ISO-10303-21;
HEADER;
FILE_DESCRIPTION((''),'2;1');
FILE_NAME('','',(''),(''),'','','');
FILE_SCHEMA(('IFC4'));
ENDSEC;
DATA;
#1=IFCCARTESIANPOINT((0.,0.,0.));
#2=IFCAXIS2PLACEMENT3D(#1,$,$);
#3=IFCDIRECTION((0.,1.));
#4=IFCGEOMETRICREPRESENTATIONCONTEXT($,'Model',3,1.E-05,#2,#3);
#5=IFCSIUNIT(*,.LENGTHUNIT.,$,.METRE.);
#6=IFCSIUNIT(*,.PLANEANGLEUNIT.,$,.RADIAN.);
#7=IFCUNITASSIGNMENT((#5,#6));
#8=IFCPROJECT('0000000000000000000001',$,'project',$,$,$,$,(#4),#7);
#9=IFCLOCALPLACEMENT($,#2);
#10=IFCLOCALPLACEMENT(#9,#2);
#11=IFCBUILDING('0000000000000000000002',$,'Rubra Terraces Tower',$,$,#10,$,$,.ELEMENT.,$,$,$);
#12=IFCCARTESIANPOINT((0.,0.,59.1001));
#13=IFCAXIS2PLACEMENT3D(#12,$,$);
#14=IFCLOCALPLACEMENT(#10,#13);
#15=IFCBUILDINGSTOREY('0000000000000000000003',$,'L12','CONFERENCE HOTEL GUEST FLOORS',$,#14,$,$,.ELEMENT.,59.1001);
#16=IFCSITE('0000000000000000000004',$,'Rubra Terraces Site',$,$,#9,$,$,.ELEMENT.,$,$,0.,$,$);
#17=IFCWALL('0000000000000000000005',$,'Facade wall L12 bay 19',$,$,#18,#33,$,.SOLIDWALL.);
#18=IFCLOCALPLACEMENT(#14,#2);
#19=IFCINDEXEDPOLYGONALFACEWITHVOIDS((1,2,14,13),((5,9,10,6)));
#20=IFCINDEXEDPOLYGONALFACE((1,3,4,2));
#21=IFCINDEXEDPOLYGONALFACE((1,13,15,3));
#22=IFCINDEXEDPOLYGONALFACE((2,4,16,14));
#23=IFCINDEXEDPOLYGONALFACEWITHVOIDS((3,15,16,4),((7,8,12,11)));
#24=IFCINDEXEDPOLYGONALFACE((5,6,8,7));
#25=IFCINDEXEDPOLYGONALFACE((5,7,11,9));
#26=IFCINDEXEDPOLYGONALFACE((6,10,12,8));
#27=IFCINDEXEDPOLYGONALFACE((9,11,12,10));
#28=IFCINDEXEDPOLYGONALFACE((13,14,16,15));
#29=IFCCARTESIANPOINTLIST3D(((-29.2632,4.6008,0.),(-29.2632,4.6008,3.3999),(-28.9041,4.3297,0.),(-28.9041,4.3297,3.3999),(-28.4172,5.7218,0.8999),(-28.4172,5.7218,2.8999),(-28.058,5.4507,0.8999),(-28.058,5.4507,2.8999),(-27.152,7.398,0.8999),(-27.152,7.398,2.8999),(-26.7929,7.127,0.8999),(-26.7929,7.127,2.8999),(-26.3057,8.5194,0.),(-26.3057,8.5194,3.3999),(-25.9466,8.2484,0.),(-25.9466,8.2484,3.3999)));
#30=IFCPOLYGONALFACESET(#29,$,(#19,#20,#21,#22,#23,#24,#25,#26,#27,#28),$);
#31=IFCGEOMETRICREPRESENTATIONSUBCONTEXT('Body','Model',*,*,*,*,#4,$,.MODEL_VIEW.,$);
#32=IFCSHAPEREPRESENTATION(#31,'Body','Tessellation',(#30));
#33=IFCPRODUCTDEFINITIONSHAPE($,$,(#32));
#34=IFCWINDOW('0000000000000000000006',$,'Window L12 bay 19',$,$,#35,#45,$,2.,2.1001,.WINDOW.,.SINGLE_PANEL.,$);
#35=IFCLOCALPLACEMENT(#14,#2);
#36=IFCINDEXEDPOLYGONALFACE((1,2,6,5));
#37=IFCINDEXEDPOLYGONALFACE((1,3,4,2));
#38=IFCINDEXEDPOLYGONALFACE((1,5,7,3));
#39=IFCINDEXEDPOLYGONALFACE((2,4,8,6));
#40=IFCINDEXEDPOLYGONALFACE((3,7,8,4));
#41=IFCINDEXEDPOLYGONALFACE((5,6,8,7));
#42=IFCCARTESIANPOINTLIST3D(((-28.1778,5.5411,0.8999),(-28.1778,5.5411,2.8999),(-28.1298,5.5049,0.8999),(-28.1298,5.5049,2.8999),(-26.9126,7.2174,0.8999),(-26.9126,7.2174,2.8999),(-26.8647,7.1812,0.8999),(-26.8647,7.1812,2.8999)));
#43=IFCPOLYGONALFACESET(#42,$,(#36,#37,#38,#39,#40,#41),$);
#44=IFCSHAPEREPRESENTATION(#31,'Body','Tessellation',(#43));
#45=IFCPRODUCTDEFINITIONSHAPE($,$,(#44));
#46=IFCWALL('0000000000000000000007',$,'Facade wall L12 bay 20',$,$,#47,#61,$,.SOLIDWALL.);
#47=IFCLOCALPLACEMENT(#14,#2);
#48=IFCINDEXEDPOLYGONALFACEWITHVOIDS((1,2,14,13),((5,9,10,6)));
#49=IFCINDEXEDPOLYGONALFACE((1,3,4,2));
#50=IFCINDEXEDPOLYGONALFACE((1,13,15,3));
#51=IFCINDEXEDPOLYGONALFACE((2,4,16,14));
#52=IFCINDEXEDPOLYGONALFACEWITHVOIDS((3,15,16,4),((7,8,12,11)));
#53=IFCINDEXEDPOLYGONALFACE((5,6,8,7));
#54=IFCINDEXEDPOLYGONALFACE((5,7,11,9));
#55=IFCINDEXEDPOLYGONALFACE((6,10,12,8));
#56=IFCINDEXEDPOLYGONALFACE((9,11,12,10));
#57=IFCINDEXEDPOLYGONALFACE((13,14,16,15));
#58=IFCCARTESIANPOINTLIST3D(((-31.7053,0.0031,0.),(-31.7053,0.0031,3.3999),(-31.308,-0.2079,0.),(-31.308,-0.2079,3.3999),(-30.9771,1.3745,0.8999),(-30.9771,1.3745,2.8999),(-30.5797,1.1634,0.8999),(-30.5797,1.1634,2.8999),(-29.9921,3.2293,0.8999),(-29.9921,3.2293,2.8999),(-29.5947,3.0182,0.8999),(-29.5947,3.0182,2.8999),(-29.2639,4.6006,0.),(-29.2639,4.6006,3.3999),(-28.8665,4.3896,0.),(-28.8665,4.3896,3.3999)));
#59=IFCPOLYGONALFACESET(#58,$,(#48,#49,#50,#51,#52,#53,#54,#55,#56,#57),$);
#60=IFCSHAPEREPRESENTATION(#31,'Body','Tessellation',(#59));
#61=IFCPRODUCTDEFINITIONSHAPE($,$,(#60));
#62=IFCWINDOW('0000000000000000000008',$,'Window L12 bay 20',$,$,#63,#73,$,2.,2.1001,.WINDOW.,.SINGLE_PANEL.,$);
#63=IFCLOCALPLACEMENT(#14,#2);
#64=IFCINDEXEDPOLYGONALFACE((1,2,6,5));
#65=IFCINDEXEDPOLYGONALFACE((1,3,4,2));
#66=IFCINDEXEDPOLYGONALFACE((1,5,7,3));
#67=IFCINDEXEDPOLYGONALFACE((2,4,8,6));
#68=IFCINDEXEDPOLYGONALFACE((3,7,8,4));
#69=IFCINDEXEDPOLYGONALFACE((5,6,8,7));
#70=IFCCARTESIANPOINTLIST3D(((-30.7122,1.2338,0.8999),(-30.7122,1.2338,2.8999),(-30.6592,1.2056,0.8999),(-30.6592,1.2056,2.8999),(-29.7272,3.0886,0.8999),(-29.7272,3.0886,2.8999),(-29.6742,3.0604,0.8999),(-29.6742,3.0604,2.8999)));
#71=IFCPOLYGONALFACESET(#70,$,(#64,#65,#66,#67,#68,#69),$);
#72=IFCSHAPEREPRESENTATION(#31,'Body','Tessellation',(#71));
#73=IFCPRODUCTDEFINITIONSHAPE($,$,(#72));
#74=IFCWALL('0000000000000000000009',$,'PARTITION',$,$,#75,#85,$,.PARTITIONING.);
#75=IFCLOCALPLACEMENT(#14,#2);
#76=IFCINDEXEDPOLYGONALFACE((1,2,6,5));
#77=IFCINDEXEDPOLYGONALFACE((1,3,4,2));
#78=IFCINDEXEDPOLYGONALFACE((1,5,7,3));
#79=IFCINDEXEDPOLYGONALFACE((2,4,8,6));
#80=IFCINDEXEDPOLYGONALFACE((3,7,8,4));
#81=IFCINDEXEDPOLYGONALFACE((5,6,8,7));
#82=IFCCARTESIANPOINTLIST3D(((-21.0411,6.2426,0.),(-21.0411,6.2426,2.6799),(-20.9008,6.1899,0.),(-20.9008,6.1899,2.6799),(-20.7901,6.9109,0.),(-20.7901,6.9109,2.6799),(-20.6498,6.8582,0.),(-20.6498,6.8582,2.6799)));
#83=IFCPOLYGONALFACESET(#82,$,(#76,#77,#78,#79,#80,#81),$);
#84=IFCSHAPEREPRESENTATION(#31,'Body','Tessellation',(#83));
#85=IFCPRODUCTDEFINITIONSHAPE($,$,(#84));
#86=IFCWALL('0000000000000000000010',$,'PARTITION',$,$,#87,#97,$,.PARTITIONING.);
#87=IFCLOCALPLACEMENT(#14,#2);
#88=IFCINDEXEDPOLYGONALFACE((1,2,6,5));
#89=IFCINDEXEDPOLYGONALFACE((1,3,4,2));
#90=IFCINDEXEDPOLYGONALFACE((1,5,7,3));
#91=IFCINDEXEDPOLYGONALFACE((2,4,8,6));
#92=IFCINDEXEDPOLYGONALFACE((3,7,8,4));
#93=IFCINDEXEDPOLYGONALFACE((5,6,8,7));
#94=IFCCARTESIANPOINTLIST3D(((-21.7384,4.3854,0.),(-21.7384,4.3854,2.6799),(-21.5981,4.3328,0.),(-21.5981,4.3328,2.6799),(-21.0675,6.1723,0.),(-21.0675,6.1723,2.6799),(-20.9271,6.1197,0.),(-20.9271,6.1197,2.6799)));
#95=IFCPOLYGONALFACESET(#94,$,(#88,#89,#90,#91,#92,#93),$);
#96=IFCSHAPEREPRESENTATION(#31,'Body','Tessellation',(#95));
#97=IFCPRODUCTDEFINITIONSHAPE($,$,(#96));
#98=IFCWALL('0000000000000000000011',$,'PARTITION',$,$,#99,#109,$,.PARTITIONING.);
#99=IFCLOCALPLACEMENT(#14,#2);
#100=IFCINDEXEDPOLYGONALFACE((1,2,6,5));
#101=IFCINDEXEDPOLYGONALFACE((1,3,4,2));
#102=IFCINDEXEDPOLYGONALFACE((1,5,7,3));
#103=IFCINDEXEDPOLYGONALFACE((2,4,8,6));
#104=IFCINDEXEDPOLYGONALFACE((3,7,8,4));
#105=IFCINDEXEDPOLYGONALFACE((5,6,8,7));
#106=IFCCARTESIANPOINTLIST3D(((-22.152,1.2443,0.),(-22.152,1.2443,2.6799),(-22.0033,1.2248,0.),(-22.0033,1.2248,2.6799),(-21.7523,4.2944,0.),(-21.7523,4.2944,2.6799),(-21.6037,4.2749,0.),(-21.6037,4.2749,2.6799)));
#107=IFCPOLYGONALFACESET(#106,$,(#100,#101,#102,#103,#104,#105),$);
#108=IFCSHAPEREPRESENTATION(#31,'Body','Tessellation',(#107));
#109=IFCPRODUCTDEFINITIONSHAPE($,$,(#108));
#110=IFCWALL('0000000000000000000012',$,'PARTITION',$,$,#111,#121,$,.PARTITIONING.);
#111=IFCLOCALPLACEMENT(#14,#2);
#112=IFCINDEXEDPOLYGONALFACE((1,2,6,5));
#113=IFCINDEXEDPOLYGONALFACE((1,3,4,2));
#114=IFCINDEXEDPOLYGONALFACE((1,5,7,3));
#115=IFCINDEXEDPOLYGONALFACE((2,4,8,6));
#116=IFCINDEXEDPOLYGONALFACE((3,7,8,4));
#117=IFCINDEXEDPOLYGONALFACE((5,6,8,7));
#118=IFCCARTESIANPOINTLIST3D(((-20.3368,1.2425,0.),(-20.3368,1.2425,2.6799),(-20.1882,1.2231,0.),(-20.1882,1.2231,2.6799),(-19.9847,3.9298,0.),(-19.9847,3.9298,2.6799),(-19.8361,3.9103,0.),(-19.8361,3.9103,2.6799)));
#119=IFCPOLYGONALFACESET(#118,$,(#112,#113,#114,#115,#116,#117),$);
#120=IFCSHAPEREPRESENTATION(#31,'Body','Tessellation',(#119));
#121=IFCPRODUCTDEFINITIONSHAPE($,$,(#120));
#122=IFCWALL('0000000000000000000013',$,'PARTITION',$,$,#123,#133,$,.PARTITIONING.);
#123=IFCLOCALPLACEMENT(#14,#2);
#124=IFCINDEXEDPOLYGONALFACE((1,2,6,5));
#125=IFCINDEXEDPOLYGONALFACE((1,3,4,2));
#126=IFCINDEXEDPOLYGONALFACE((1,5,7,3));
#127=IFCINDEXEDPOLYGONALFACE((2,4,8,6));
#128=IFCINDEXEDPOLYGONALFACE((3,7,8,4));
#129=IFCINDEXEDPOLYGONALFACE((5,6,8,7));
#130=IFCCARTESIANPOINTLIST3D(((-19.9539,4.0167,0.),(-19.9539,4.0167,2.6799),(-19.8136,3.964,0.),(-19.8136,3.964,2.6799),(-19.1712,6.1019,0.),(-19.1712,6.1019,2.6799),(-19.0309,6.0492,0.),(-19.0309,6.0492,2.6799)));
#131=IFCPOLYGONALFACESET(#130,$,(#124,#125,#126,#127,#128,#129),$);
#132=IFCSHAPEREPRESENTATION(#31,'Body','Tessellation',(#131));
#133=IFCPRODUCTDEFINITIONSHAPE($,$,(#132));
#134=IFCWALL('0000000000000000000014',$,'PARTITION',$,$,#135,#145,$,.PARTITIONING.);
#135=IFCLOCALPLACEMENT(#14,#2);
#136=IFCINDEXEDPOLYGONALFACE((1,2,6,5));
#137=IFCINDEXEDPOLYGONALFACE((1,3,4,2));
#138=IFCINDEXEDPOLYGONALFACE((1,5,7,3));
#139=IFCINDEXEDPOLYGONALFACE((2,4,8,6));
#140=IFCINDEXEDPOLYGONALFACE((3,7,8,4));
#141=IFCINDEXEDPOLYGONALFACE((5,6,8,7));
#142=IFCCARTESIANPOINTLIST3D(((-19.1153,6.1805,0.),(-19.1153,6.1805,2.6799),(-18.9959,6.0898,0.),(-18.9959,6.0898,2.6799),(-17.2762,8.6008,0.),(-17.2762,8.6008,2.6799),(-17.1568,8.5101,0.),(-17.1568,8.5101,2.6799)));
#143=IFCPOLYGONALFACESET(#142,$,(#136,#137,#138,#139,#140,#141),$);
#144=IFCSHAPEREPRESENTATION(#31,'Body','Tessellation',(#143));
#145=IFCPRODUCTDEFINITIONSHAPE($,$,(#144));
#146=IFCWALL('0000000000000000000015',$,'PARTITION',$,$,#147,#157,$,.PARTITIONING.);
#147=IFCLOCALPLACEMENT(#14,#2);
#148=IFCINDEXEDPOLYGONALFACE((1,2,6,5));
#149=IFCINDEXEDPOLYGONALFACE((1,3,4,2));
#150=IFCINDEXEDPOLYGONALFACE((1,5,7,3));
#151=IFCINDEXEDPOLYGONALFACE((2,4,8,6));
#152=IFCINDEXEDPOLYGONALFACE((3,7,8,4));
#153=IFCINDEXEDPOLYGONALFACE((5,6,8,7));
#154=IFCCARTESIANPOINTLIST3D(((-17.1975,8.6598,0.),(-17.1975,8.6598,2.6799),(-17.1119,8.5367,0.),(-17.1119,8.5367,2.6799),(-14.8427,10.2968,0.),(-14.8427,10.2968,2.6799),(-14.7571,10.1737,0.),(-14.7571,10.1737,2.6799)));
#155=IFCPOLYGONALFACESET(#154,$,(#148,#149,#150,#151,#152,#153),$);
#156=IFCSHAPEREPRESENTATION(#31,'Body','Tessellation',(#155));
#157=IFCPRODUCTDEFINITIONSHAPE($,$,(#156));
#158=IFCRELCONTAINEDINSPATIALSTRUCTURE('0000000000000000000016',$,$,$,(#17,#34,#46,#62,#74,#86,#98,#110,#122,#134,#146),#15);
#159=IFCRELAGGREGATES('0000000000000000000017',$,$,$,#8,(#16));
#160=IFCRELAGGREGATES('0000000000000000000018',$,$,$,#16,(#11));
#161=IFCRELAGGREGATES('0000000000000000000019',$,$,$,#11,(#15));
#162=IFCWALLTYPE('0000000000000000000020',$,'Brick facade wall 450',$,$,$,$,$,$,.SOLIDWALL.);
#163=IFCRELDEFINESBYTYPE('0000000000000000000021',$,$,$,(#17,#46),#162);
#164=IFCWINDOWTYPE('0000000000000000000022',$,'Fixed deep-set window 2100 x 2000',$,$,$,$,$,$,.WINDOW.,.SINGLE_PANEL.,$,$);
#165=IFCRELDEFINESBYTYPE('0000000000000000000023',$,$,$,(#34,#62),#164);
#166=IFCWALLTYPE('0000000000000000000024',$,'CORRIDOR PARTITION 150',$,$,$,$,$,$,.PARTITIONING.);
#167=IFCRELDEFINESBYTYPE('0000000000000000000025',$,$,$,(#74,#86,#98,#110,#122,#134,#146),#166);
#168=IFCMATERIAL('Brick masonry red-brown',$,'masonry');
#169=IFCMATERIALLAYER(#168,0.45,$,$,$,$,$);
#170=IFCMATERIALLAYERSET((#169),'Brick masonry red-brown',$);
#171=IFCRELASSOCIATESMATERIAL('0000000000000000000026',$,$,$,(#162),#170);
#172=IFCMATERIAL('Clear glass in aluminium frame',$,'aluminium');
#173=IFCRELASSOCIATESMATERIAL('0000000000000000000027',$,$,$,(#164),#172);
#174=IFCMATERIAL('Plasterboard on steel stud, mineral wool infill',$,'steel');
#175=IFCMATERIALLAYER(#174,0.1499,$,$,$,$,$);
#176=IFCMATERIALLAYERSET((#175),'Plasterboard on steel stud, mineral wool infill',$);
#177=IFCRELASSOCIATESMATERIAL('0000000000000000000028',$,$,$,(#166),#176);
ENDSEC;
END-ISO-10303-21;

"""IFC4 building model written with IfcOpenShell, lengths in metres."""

from ifc_helpers import new_model, si_unit, direction, frame, frame_2d, origin, place, context, subcontext, project, spatial, rectangle, extrude, material, layer, layer_set, type_object, element, fill, save


model = new_model("IFC4")

# Units and contexts
model_context = context("Model", 3, precision=1e-05, world=origin(), true_north=direction((0.0, 1.0)))
body_context = subcontext(model_context, "Body", "Model", "MODEL_VIEW")
ifc_project = project(units=[si_unit("LENGTHUNIT", "METRE"), si_unit("PLANEANGLEUNIT", "RADIAN")], contexts=[model_context])

# Site, building, storey
site_placement = place(None, origin())
site = spatial("IfcSite", under=ifc_project, at=site_placement, Name="Rubra Terraces Site", CompositionType="ELEMENT", RefElevation=0.0)
building_placement = place(site_placement, origin())
building = spatial("IfcBuilding", under=site, at=building_placement, Name="Rubra Terraces Tower", CompositionType="ELEMENT")
storey_placement = place(building_placement, frame((0.0, 0.0, 59.1001)))
storey = spatial("IfcBuildingStorey", under=building, at=storey_placement, Name="L12", Description="CONFERENCE HOTEL GUEST FLOORS", CompositionType="ELEMENT", Elevation=59.1001)

# Walls, openings, windows
ifc_material_1 = material(Name="Brick masonry red-brown", Category="masonry")
ifc_layer_1 = layer(ifc_material_1, 0.45)
ifc_layer_set_1 = layer_set([ifc_layer_1], Name="Brick masonry red-brown")
wall_type_1 = type_object("IfcWallType", Name="Brick facade wall 450", PredefinedType="SOLIDWALL", material=ifc_layer_set_1)
wall_1_placement = place(storey_placement, frame((-26.1262, 8.3838, 0.0), z_axis=(0.0, 0.0, 1.0), x_axis=(-0.602408, -0.798188, 0.0)))
wall_1 = element("IfcWall", 1, at=wall_1_placement, inside=storey, type_object=wall_type_1, Name="Facade wall L12 bay 19", PredefinedType="SOLIDWALL", context=body_context, shape_type="SweptSolid", body=[
    extrude(rectangle(XDim=4.9094, YDim=0.45, at=frame_2d((2.4546, 0.0))), origin(), (0.0, 0.0, 1.0), 3.3999),
])
opening_1_placement = place(wall_1_placement, frame((1.4048, 0.0, 0.8999)))
opening_1 = element("IfcOpeningElement", 2, at=opening_1_placement, cuts=wall_1, PredefinedType="OPENING", context=body_context, shape_type="SweptSolid", body=[
    extrude(rectangle(XDim=2.1001, YDim=2.0, at=frame_2d((1.05, 1.0))), frame((0.0, 0.2349, 0.0), z_axis=(0.0, -1.0, 0.0), x_axis=(1.0, 0.0, 0.0)), (0.0, 0.0, 1.0), 0.47),
])
ifc_material_2 = material(Name="Clear glass in aluminium frame", Category="aluminium")
window_type = type_object("IfcWindowType", Name="Fixed deep-set window 2100 x 2000", PartitioningType="SINGLE_PANEL", PredefinedType="WINDOW", material=ifc_material_2)
window_1_placement = place(opening_1_placement, origin())
window_1 = element("IfcWindow", 3, at=window_1_placement, inside=storey, type_object=window_type, Name="Window L12 bay 19", OverallHeight=2.0, OverallWidth=2.1001, PartitioningType="SINGLE_PANEL", PredefinedType="WINDOW", context=body_context, shape_type="SweptSolid", body=[
    extrude(rectangle(XDim=2.1001, YDim=2.0, at=frame_2d((1.05, 1.0))), frame((0.0, 0.135, 0.0), z_axis=(0.0, -1.0, 0.0), x_axis=(1.0, 0.0, 0.0)), (0.0, 0.0, 1.0), 0.0601),
])
fill(opening_1, window_1)
wall_2_placement = place(storey_placement, frame((-29.0652, 4.4951, 0.0), z_axis=(0.0, 0.0, 1.0), x_axis=(-0.46901, -0.883193, 0.0)))
wall_2 = element("IfcWall", 4, at=wall_2_placement, inside=storey, type_object=wall_type_1, Name="Facade wall L12 bay 20", PredefinedType="SOLIDWALL", context=body_context, shape_type="SweptSolid", body=[
    extrude(rectangle(XDim=5.2056, YDim=0.45, at=frame_2d((2.6028, 0.0))), origin(), (0.0, 0.0, 1.0), 3.3999),
])
opening_2_placement = place(wall_2_placement, frame((1.5527, 0.0, 0.8999)))
opening_2 = element("IfcOpeningElement", 5, at=opening_2_placement, cuts=wall_2, PredefinedType="OPENING", context=body_context, shape_type="SweptSolid", body=[
    extrude(rectangle(XDim=2.1001, YDim=2.0, at=frame_2d((1.05, 1.0))), frame((0.0, 0.2349, 0.0), z_axis=(0.0, -1.0, 0.0), x_axis=(1.0, 0.0, 0.0)), (0.0, 0.0, 1.0), 0.47),
])
window_2_placement = place(opening_2_placement, origin())
window_2 = element("IfcWindow", 6, at=window_2_placement, inside=storey, type_object=window_type, Name="Window L12 bay 20", OverallHeight=2.0, OverallWidth=2.1001, PartitioningType="SINGLE_PANEL", PredefinedType="WINDOW", context=body_context, shape_type="SweptSolid", body=[
    extrude(rectangle(XDim=2.1001, YDim=2.0, at=frame_2d((1.05, 1.0))), frame((0.0, 0.135, 0.0), z_axis=(0.0, -1.0, 0.0), x_axis=(1.0, 0.0, 0.0)), (0.0, 0.0, 1.0), 0.0601),
])
fill(opening_2, window_2)

# Walls
ifc_material_3 = material(Name="Plasterboard on steel stud, mineral wool infill", Category="steel")
ifc_layer_2 = layer(ifc_material_3, 0.1499)
ifc_layer_set_2 = layer_set([ifc_layer_2], Name="Plasterboard on steel stud, mineral wool infill")
wall_type_2 = type_object("IfcWallType", Name="CORRIDOR PARTITION 150", PredefinedType="PARTITIONING", material=ifc_layer_set_2)
wall_3_placement = place(storey_placement, frame((-20.72, 6.8845, 0.0), z_axis=(0.0, 0.0, 1.0), x_axis=(-0.351611, -0.936146, 0.0)))
element("IfcWall", 7, at=wall_3_placement, inside=storey, type_object=wall_type_2, Name="PARTITION", PredefinedType="PARTITIONING", context=body_context, shape_type="SweptSolid", body=[
    extrude(rectangle(XDim=0.7139, YDim=0.1499, at=frame_2d((0.3569, 0.0))), origin(), (0.0, 0.0, 1.0), 2.6799),
])
wall_4_placement = place(storey_placement, frame((-20.9973, 6.146, 0.0), z_axis=(0.0, 0.0, 1.0), x_axis=(-0.351502, -0.936187, 0.0)))
element("IfcWall", 8, at=wall_4_placement, inside=storey, type_object=wall_type_2, Name="PARTITION", PredefinedType="PARTITIONING", context=body_context, shape_type="SweptSolid", body=[
    extrude(rectangle(XDim=1.9087, YDim=0.1499, at=frame_2d((0.9543, 0.0))), origin(), (0.0, 0.0, 1.0), 2.6799),
])
wall_5_placement = place(storey_placement, frame((-21.678, 4.2847, 0.0), z_axis=(0.0, 0.0, 1.0), x_axis=(-0.129923, -0.991524, 0.0)))
element("IfcWall", 9, at=wall_5_placement, inside=storey, type_object=wall_type_2, Name="PARTITION", PredefinedType="PARTITIONING", context=body_context, shape_type="SweptSolid", body=[
    extrude(rectangle(XDim=3.0762, YDim=0.1499, at=frame_2d((1.5381, 0.0))), origin(), (0.0, 0.0, 1.0), 2.6799),
])
wall_6_placement = place(storey_placement, frame((-20.2625, 1.2329, 0.0), z_axis=(0.0, 0.0, 1.0), x_axis=(0.129898, 0.991527, 0.0)))
element("IfcWall", 10, at=wall_6_placement, inside=storey, type_object=wall_type_2, Name="PARTITION", PredefinedType="PARTITIONING", context=body_context, shape_type="SweptSolid", body=[
    extrude(rectangle(XDim=2.7102, YDim=0.1499, at=frame_2d((1.355, 0.0))), origin(), (0.0, 0.0, 1.0), 2.6799),
])
wall_7_placement = place(storey_placement, frame((-19.8838, 3.9902, 0.0), z_axis=(0.0, 0.0, 1.0), x_axis=(0.351424, 0.936217, 0.0)))
element("IfcWall", 11, at=wall_7_placement, inside=storey, type_object=wall_type_2, Name="PARTITION", PredefinedType="PARTITIONING", context=body_context, shape_type="SweptSolid", body=[
    extrude(rectangle(XDim=2.2273, YDim=0.1499, at=frame_2d((1.1138, 0.0))), origin(), (0.0, 0.0, 1.0), 2.6799),
])
wall_8_placement = place(storey_placement, frame((-19.0557, 6.135, 0.0), z_axis=(0.0, 0.0, 1.0), x_axis=(0.605, 0.796226, 0.0)))
element("IfcWall", 12, at=wall_8_placement, inside=storey, type_object=wall_type_2, Name="PARTITION", PredefinedType="PARTITIONING", context=body_context, shape_type="SweptSolid", body=[
    extrude(rectangle(XDim=3.0398, YDim=0.1499, at=frame_2d((1.52, 0.0))), origin(), (0.0, 0.0, 1.0), 2.6799),
])
wall_9_placement = place(storey_placement, frame((-17.1548, 8.5981, 0.0), z_axis=(0.0, 0.0, 1.0), x_axis=(0.821087, 0.570803, 0.0)))
element("IfcWall", 13, at=wall_9_placement, inside=storey, type_object=wall_type_2, Name="PARTITION", PredefinedType="PARTITIONING", context=body_context, shape_type="SweptSolid", body=[
    extrude(rectangle(XDim=2.8679, YDim=0.1499, at=frame_2d((1.4341, 0.0))), origin(), (0.0, 0.0, 1.0), 2.6799),
])

save(model, "model.ifc")
